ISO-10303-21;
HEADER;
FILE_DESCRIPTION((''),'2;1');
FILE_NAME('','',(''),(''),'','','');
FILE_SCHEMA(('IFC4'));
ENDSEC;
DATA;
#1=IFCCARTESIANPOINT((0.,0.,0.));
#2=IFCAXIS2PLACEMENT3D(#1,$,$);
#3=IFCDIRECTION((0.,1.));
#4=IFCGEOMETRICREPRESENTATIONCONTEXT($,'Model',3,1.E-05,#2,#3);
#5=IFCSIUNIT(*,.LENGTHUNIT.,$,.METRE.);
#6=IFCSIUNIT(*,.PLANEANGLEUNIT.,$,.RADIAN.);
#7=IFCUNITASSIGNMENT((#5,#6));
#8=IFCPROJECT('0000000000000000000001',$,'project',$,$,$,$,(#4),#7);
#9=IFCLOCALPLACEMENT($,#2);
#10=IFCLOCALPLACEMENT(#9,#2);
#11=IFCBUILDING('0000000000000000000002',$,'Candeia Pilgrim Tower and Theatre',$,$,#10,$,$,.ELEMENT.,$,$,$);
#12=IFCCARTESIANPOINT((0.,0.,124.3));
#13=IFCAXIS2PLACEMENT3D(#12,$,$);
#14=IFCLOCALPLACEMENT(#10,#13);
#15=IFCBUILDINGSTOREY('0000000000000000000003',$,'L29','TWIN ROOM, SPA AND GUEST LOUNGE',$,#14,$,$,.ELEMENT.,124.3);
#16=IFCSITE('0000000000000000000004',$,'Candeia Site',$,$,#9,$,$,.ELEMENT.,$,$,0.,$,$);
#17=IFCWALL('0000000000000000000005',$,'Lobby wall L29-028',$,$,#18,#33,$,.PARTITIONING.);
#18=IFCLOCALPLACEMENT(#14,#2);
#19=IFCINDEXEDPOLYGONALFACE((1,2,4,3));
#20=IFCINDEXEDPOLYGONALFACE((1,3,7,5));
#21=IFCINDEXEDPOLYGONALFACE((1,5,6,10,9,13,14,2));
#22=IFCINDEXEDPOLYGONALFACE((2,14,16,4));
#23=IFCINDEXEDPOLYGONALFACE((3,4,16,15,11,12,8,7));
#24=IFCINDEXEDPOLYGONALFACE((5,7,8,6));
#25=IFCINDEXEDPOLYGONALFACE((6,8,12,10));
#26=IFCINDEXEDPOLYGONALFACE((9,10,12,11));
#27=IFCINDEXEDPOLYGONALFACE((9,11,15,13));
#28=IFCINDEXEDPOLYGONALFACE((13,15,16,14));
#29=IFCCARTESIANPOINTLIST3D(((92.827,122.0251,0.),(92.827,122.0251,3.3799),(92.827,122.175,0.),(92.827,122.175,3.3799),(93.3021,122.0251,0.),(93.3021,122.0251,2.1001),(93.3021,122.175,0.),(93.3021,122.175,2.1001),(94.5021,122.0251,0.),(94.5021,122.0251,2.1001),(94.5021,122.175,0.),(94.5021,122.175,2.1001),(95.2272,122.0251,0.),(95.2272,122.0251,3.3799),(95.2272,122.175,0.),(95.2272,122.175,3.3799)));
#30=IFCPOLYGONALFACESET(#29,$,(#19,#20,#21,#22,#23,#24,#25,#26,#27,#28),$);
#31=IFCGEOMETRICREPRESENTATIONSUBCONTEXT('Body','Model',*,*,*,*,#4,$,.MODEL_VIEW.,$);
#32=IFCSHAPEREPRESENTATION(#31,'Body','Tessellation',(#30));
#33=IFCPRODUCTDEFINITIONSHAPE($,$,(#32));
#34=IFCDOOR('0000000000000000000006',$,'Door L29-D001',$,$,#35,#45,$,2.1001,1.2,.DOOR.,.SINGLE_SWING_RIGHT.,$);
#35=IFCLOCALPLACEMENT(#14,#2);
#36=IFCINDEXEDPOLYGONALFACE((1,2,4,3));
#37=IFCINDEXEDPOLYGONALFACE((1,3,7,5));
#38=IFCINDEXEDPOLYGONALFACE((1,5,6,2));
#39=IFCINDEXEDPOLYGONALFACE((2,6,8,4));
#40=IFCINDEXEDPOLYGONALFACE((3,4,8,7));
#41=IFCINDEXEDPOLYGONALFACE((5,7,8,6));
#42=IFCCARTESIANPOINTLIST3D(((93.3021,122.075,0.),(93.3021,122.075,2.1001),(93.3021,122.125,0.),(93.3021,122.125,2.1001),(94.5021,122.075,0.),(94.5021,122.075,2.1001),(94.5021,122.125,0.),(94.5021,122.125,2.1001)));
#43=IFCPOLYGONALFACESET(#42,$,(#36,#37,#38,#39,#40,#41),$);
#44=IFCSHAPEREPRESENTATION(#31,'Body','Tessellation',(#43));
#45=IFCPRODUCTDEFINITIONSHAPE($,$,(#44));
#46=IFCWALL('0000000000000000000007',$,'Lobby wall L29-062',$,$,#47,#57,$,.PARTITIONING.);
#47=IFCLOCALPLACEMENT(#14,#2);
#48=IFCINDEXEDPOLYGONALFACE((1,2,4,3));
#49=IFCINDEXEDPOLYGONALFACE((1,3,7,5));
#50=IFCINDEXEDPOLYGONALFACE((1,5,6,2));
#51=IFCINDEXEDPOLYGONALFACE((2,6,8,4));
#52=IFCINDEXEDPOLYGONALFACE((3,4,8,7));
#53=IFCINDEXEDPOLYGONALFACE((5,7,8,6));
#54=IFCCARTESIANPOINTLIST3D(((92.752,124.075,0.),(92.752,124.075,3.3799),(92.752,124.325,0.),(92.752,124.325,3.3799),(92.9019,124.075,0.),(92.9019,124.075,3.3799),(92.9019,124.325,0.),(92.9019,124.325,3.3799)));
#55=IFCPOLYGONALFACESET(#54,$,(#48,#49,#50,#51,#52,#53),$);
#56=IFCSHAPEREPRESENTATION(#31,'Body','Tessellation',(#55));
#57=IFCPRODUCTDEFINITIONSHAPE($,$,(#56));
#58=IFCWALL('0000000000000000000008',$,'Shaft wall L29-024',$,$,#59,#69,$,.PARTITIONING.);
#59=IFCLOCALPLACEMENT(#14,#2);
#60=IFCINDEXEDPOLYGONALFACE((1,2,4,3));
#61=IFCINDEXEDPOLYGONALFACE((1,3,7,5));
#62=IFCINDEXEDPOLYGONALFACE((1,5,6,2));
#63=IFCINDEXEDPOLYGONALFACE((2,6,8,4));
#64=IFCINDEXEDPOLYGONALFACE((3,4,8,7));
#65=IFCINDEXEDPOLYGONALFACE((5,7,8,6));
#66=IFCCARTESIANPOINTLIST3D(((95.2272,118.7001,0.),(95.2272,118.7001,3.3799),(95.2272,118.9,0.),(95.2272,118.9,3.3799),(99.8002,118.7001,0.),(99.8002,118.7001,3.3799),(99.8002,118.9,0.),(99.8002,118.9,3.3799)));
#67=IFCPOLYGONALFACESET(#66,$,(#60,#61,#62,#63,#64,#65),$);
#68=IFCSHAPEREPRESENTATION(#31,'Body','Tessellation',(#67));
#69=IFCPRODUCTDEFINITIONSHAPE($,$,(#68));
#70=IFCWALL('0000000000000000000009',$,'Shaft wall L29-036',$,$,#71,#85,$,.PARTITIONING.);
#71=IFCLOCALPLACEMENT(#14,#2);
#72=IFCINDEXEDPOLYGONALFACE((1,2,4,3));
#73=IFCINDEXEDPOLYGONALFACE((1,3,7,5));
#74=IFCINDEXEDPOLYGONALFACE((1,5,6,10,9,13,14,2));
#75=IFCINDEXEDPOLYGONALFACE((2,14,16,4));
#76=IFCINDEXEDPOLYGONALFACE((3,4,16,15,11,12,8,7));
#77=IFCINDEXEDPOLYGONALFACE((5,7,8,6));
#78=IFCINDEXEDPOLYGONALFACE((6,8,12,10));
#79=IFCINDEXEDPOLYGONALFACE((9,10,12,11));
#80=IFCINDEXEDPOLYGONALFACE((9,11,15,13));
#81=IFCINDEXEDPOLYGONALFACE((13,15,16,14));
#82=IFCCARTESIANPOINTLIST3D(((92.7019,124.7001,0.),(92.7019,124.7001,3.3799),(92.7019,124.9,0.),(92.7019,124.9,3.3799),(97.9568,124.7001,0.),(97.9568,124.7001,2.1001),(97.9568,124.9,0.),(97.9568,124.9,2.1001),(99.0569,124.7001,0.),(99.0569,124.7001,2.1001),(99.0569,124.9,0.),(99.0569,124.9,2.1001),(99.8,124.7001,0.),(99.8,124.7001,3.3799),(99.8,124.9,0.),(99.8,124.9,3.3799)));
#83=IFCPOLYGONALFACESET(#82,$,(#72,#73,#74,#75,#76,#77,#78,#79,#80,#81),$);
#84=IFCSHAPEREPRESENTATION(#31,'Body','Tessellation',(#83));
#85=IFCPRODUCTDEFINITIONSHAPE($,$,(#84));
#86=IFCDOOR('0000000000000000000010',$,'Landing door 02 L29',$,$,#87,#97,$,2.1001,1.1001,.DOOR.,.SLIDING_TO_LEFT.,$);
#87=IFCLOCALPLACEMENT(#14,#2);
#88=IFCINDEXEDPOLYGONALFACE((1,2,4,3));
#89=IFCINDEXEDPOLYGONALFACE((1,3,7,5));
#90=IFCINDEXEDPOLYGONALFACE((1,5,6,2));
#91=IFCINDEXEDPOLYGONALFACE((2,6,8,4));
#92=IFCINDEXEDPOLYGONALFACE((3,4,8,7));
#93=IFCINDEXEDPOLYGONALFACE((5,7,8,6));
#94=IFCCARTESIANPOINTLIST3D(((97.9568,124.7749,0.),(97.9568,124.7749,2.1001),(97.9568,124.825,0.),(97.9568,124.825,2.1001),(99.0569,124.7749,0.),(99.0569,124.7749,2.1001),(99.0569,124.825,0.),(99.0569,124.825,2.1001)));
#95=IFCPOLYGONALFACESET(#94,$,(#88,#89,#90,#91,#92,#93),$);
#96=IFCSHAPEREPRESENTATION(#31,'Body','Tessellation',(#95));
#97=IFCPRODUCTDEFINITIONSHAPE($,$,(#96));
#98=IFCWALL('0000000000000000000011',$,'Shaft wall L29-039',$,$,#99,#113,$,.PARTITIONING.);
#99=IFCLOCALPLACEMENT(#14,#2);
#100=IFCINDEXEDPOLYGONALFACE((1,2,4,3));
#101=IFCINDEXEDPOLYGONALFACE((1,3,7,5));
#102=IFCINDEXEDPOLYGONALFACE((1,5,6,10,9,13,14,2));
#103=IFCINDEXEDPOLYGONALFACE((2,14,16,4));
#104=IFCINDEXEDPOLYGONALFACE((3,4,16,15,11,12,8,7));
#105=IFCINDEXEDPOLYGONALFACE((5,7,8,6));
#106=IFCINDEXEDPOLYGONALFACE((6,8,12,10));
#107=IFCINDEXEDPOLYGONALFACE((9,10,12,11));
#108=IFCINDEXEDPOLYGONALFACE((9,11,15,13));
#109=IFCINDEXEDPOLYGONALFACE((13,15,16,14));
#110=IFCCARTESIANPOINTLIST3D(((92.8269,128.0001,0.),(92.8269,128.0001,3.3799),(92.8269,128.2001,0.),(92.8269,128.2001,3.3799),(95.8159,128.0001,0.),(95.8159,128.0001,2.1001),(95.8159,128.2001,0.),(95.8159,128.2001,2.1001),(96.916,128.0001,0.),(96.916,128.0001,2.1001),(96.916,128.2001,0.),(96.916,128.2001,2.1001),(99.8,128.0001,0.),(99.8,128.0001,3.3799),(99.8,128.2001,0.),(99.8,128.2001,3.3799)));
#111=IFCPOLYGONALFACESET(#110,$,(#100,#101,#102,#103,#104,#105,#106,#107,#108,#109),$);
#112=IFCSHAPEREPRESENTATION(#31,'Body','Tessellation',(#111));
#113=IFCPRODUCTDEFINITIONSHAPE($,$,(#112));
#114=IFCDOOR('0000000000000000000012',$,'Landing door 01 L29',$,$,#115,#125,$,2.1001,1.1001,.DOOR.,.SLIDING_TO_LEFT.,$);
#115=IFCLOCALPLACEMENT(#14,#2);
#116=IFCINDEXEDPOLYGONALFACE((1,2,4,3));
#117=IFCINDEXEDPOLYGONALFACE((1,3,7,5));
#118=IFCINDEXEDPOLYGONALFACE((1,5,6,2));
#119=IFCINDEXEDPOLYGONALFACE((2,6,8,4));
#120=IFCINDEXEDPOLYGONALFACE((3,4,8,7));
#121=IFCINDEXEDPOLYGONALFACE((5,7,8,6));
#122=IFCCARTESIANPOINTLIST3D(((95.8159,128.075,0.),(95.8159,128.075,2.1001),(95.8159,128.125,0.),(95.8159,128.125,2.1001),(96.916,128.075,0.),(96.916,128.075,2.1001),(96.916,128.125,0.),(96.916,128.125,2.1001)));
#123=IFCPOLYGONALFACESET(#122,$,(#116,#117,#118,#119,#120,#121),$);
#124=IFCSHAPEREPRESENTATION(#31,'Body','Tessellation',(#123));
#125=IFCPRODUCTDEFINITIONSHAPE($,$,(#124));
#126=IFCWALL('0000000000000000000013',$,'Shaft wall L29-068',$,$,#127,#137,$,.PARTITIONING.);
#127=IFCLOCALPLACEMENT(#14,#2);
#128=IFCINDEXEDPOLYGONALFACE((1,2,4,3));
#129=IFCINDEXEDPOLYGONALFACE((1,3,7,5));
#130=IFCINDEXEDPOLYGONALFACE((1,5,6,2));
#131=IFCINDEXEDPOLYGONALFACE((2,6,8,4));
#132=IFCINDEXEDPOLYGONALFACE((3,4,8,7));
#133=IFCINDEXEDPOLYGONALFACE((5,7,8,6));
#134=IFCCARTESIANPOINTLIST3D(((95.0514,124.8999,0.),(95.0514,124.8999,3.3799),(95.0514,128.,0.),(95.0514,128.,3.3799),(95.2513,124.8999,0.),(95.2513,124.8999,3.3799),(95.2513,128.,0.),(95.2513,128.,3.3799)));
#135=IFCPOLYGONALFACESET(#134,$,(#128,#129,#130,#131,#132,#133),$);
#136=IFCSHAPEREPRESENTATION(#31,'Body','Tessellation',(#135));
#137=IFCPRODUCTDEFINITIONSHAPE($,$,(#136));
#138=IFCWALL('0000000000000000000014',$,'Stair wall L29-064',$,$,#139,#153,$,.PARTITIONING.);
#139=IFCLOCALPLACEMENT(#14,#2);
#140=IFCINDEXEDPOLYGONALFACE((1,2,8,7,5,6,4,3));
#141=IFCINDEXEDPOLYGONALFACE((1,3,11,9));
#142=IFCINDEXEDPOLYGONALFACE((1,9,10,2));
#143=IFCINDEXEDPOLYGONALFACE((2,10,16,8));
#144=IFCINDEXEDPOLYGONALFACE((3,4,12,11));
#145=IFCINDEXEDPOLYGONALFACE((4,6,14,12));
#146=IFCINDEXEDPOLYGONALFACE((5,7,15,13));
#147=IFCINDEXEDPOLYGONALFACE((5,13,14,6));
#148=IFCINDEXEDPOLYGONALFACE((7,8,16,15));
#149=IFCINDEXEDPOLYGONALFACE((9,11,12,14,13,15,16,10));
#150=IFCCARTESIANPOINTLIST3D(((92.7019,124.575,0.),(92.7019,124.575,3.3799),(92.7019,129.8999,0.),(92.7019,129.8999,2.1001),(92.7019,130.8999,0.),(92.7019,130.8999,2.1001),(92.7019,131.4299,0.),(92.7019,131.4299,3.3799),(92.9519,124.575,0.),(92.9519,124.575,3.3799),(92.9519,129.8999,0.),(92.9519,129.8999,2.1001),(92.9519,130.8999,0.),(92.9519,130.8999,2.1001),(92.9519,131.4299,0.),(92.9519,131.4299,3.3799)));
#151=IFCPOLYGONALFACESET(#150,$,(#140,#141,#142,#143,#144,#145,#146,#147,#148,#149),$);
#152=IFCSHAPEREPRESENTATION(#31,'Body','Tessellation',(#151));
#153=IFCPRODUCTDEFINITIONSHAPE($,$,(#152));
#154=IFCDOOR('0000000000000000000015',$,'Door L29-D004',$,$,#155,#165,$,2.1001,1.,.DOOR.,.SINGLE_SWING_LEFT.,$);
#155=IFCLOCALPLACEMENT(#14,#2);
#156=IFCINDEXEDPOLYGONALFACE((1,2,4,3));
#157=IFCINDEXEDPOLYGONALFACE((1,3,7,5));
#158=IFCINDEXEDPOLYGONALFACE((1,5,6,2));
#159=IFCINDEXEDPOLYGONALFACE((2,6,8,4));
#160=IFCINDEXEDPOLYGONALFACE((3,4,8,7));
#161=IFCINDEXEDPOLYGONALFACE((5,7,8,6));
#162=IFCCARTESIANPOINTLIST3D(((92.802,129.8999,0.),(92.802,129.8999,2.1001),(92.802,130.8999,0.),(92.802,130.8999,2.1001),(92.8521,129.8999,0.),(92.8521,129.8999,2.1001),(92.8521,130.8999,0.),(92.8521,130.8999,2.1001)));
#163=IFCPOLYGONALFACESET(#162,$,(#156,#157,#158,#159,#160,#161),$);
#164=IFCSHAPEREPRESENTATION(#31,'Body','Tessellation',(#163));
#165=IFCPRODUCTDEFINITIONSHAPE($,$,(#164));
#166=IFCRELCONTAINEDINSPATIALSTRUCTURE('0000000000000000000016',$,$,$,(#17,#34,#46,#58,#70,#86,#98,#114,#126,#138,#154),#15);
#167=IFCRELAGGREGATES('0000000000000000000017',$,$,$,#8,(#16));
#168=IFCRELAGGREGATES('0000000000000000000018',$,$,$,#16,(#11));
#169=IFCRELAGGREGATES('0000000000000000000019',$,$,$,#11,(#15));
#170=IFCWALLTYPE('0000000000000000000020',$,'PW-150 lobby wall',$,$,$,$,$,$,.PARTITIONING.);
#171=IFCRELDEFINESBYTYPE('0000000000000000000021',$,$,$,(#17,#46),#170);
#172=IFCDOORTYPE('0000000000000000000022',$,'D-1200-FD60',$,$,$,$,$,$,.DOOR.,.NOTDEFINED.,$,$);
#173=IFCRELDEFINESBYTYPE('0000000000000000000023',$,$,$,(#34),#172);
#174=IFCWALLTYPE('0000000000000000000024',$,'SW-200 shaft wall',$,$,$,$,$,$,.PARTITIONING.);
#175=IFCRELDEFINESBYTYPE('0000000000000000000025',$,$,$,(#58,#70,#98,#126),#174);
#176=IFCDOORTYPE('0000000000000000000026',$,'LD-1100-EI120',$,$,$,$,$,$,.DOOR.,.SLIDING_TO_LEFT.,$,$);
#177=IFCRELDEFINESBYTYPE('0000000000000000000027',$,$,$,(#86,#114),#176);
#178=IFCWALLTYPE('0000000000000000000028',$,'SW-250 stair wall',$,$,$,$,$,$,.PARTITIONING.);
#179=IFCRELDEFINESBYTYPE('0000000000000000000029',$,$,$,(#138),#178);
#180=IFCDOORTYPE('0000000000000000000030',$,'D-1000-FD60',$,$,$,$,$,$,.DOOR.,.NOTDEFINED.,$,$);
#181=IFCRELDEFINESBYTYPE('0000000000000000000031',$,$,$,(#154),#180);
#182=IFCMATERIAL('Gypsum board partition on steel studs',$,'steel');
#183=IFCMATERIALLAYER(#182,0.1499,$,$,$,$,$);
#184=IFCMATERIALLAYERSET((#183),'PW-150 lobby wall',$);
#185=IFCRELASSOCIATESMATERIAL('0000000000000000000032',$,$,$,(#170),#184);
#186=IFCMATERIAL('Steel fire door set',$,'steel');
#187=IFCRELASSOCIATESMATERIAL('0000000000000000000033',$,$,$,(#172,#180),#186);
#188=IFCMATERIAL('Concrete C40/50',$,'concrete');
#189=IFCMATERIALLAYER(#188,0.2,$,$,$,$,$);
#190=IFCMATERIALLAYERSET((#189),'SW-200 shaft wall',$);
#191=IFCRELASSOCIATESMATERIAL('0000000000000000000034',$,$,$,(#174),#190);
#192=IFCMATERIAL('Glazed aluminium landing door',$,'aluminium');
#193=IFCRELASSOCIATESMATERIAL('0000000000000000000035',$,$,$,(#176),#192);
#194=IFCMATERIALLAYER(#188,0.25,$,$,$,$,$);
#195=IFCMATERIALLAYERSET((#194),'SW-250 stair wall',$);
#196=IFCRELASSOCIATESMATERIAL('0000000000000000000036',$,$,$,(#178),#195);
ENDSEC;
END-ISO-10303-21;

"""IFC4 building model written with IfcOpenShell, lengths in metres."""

from ifc_helpers import new_model, si_unit, direction, frame, frame_2d, origin, place, context, subcontext, project, spatial, rectangle, extrude, material, layer, layer_set, type_object, element, fill, save


model = new_model("IFC4")

# Units and contexts
model_context = context("Model", 3, precision=1e-05, world=origin(), true_north=direction((0.0, 1.0)))
body_context = subcontext(model_context, "Body", "Model", "MODEL_VIEW")
ifc_project = project(units=[si_unit("LENGTHUNIT", "METRE"), si_unit("PLANEANGLEUNIT", "RADIAN")], contexts=[model_context])

# Site, building, storey
site_placement = place(None, origin())
site = spatial("IfcSite", under=ifc_project, at=site_placement, Name="Candeia Site", CompositionType="ELEMENT", RefElevation=0.0)
building_placement = place(site_placement, origin())
building = spatial("IfcBuilding", under=site, at=building_placement, Name="Candeia Pilgrim Tower and Theatre", CompositionType="ELEMENT")
storey_placement = place(building_placement, frame((0.0, 0.0, 124.3)))
storey = spatial("IfcBuildingStorey", under=building, at=storey_placement, Name="L29", Description="TWIN ROOM, SPA AND GUEST LOUNGE", CompositionType="ELEMENT", Elevation=124.3)

# Wall, opening, door
ifc_material_1 = material(Name="Gypsum board partition on steel studs", Category="steel")
ifc_layer_1 = layer(ifc_material_1, 0.1499)
ifc_layer_set_1 = layer_set([ifc_layer_1], Name="PW-150 lobby wall")
wall_type_1 = type_object("IfcWallType", Name="PW-150 lobby wall", PredefinedType="PARTITIONING", material=ifc_layer_set_1)
wall_1_placement = place(storey_placement, frame((92.8269, 122.1001, 0.0), z_axis=(0.0, 0.0, 1.0), x_axis=(1.0, 0.0, 0.0)))
wall_1 = element("IfcWall", 1, at=wall_1_placement, inside=storey, type_object=wall_type_1, Name="Lobby wall L29-028", PredefinedType="PARTITIONING", context=body_context, shape_type="SweptSolid", body=[
    extrude(rectangle(XDim=2.4001, YDim=0.1499, at=frame_2d((1.2002, 0.0))), origin(), (0.0, 0.0, 1.0), 3.3799),
])
opening_1_placement = place(wall_1_placement, frame((0.4751, 0.0, 0.0)))
opening_1 = element("IfcOpeningElement", 2, at=opening_1_placement, cuts=wall_1, PredefinedType="OPENING", context=body_context, shape_type="SweptSolid", body=[
    extrude(rectangle(XDim=1.2, YDim=2.1001, at=frame_2d((0.6001, 1.05))), frame((0.0, 0.085, 0.0), z_axis=(0.0, -1.0, 0.0), x_axis=(1.0, 0.0, 0.0)), (0.0, 0.0, 1.0), 0.1699),
])
ifc_material_2 = material(Name="Steel fire door set", Category="steel")
door_type_1 = type_object("IfcDoorType", Name="D-1200-FD60", OperationType="NOTDEFINED", PredefinedType="DOOR", material=ifc_material_2)
door_1_placement = place(opening_1_placement, origin())
door_1 = element("IfcDoor", 3, at=door_1_placement, inside=storey, type_object=door_type_1, Name="Door L29-D001", OperationType="SINGLE_SWING_RIGHT", OverallHeight=2.1001, OverallWidth=1.2, PredefinedType="DOOR", context=body_context, shape_type="SweptSolid", body=[
    extrude(rectangle(XDim=1.2, YDim=2.1001, at=frame_2d((0.6001, 1.05))), frame((0.0, 0.0249, 0.0), z_axis=(0.0, -1.0, 0.0), x_axis=(1.0, 0.0, 0.0)), (0.0, 0.0, 1.0), 0.05),
])
fill(opening_1, door_1)

# Walls
wall_2_placement = place(storey_placement, frame((92.8269, 124.075, 0.0), z_axis=(0.0, 0.0, 1.0), x_axis=(0.0, 1.0, 0.0)))
element("IfcWall", 4, at=wall_2_placement, inside=storey, type_object=wall_type_1, Name="Lobby wall L29-062", PredefinedType="PARTITIONING", context=body_context, shape_type="SweptSolid", body=[
    extrude(rectangle(XDim=0.25, YDim=0.1499, at=frame_2d((0.125, 0.0))), origin(), (0.0, 0.0, 1.0), 3.3799),
])
ifc_material_3 = material(Name="Concrete C40/50", Category="concrete")
ifc_layer_2 = layer(ifc_material_3, 0.2)
ifc_layer_set_2 = layer_set([ifc_layer_2], Name="SW-200 shaft wall")
wall_type_2 = type_object("IfcWallType", Name="SW-200 shaft wall", PredefinedType="PARTITIONING", material=ifc_layer_set_2)
wall_3_placement = place(storey_placement, frame((95.2271, 118.8, 0.0), z_axis=(0.0, 0.0, 1.0), x_axis=(1.0, 0.0, 0.0)))
element("IfcWall", 5, at=wall_3_placement, inside=storey, type_object=wall_type_2, Name="Shaft wall L29-024", PredefinedType="PARTITIONING", context=body_context, shape_type="SweptSolid", body=[
    extrude(rectangle(XDim=4.573, YDim=0.2, at=frame_2d((2.2866, 0.0))), origin(), (0.0, 0.0, 1.0), 3.3799),
])

# Walls, openings, doors
wall_4_placement = place(storey_placement, frame((92.7019, 124.8, 0.0), z_axis=(0.0, 0.0, 1.0), x_axis=(1.0, 0.0, 0.0)))
wall_4 = element("IfcWall", 6, at=wall_4_placement, inside=storey, type_object=wall_type_2, Name="Shaft wall L29-036", PredefinedType="PARTITIONING", context=body_context, shape_type="SweptSolid", body=[
    extrude(rectangle(XDim=7.0981, YDim=0.2, at=frame_2d((3.5491, 0.0))), origin(), (0.0, 0.0, 1.0), 3.3799),
])
opening_2_placement = place(wall_4_placement, frame((5.2549, 0.0, 0.0)))
opening_2 = element("IfcOpeningElement", 7, at=opening_2_placement, cuts=wall_4, PredefinedType="OPENING", context=body_context, shape_type="SweptSolid", body=[
    extrude(rectangle(XDim=1.1001, YDim=2.1001, at=frame_2d((0.55, 1.05))), frame((0.0, 0.1099, 0.0), z_axis=(0.0, -1.0, 0.0), x_axis=(1.0, 0.0, 0.0)), (0.0, 0.0, 1.0), 0.22),
])
ifc_material_4 = material(Name="Glazed aluminium landing door", Category="aluminium")
door_type_2 = type_object("IfcDoorType", Name="LD-1100-EI120", OperationType="SLIDING_TO_LEFT", PredefinedType="DOOR", material=ifc_material_4)
door_2_placement = place(opening_2_placement, origin())
door_2 = element("IfcDoor", 8, at=door_2_placement, inside=storey, type_object=door_type_2, Name="Landing door 02 L29", OperationType="SLIDING_TO_LEFT", OverallHeight=2.1001, OverallWidth=1.1001, PredefinedType="DOOR", context=body_context, shape_type="SweptSolid", body=[
    extrude(rectangle(XDim=1.1001, YDim=2.1001, at=frame_2d((0.55, 1.05))), frame((0.0, 0.0249, 0.0), z_axis=(0.0, -1.0, 0.0), x_axis=(1.0, 0.0, 0.0)), (0.0, 0.0, 1.0), 0.05),
])
fill(opening_2, door_2)
wall_5_placement = place(storey_placement, frame((92.8269, 128.1001, 0.0), z_axis=(0.0, 0.0, 1.0), x_axis=(1.0, 0.0, 0.0)))
wall_5 = element("IfcWall", 9, at=wall_5_placement, inside=storey, type_object=wall_type_2, Name="Shaft wall L29-039", PredefinedType="PARTITIONING", context=body_context, shape_type="SweptSolid", body=[
    extrude(rectangle(XDim=6.9731, YDim=0.2, at=frame_2d((3.4866, 0.0))), origin(), (0.0, 0.0, 1.0), 3.3799),
])
opening_3_placement = place(wall_5_placement, frame((2.989, 0.0, 0.0)))
opening_3 = element("IfcOpeningElement", 10, at=opening_3_placement, cuts=wall_5, PredefinedType="OPENING", context=body_context, shape_type="SweptSolid", body=[
    extrude(rectangle(XDim=1.1001, YDim=2.1001, at=frame_2d((0.55, 1.05))), frame((0.0, 0.1099, 0.0), z_axis=(0.0, -1.0, 0.0), x_axis=(1.0, 0.0, 0.0)), (0.0, 0.0, 1.0), 0.22),
])
door_3_placement = place(opening_3_placement, origin())
door_3 = element("IfcDoor", 11, at=door_3_placement, inside=storey, type_object=door_type_2, Name="Landing door 01 L29", OperationType="SLIDING_TO_LEFT", OverallHeight=2.1001, OverallWidth=1.1001, PredefinedType="DOOR", context=body_context, shape_type="SweptSolid", body=[
    extrude(rectangle(XDim=1.1001, YDim=2.1001, at=frame_2d((0.55, 1.05))), frame((0.0, 0.0249, 0.0), z_axis=(0.0, -1.0, 0.0), x_axis=(1.0, 0.0, 0.0)), (0.0, 0.0, 1.0), 0.05),
])
fill(opening_3, door_3)

# Wall
wall_6_placement = place(storey_placement, frame((95.1514, 124.8999, 0.0), z_axis=(0.0, 0.0, 1.0), x_axis=(0.0, 1.0, 0.0)))
element("IfcWall", 12, at=wall_6_placement, inside=storey, type_object=wall_type_2, Name="Shaft wall L29-068", PredefinedType="PARTITIONING", context=body_context, shape_type="SweptSolid", body=[
    extrude(rectangle(XDim=3.1001, YDim=0.2, at=frame_2d((1.55, 0.0))), origin(), (0.0, 0.0, 1.0), 3.3799),
])

# Wall, opening, door
ifc_layer_3 = layer(ifc_material_3, 0.25)
ifc_layer_set_3 = layer_set([ifc_layer_3], Name="SW-250 stair wall")
wall_type_3 = type_object("IfcWallType", Name="SW-250 stair wall", PredefinedType="PARTITIONING", material=ifc_layer_set_3)
wall_7_placement = place(storey_placement, frame((92.8269, 124.575, 0.0), z_axis=(0.0, 0.0, 1.0), x_axis=(0.0, 1.0, 0.0)))
wall_7 = element("IfcWall", 13, at=wall_7_placement, inside=storey, type_object=wall_type_3, Name="Stair wall L29-064", PredefinedType="PARTITIONING", context=body_context, shape_type="SweptSolid", body=[
    extrude(rectangle(XDim=6.855, YDim=0.25, at=frame_2d((3.4275, 0.0))), origin(), (0.0, 0.0, 1.0), 3.3799),
])
opening_4_placement = place(wall_7_placement, frame((5.325, 0.0, 0.0)))
opening_4 = element("IfcOpeningElement", 14, at=opening_4_placement, cuts=wall_7, PredefinedType="OPENING", context=body_context, shape_type="SweptSolid", body=[
    extrude(rectangle(XDim=1.0, YDim=2.1001, at=frame_2d((0.5, 1.05))), frame((0.0, 0.135, 0.0), z_axis=(0.0, -1.0, 0.0), x_axis=(1.0, 0.0, 0.0)), (0.0, 0.0, 1.0), 0.27),
])
door_type_3 = type_object("IfcDoorType", Name="D-1000-FD60", OperationType="NOTDEFINED", PredefinedType="DOOR", material=ifc_material_2)
door_4_placement = place(opening_4_placement, origin())
door_4 = element("IfcDoor", 15, at=door_4_placement, inside=storey, type_object=door_type_3, Name="Door L29-D004", OperationType="SINGLE_SWING_LEFT", OverallHeight=2.1001, OverallWidth=1.0, PredefinedType="DOOR", context=body_context, shape_type="SweptSolid", body=[
    extrude(rectangle(XDim=1.0, YDim=2.1001, at=frame_2d((0.5, 1.05))), frame((0.0, 0.0249, 0.0), z_axis=(0.0, -1.0, 0.0), x_axis=(1.0, 0.0, 0.0)), (0.0, 0.0, 1.0), 0.05),
])
fill(opening_4, door_4)

save(model, "model.ifc")
